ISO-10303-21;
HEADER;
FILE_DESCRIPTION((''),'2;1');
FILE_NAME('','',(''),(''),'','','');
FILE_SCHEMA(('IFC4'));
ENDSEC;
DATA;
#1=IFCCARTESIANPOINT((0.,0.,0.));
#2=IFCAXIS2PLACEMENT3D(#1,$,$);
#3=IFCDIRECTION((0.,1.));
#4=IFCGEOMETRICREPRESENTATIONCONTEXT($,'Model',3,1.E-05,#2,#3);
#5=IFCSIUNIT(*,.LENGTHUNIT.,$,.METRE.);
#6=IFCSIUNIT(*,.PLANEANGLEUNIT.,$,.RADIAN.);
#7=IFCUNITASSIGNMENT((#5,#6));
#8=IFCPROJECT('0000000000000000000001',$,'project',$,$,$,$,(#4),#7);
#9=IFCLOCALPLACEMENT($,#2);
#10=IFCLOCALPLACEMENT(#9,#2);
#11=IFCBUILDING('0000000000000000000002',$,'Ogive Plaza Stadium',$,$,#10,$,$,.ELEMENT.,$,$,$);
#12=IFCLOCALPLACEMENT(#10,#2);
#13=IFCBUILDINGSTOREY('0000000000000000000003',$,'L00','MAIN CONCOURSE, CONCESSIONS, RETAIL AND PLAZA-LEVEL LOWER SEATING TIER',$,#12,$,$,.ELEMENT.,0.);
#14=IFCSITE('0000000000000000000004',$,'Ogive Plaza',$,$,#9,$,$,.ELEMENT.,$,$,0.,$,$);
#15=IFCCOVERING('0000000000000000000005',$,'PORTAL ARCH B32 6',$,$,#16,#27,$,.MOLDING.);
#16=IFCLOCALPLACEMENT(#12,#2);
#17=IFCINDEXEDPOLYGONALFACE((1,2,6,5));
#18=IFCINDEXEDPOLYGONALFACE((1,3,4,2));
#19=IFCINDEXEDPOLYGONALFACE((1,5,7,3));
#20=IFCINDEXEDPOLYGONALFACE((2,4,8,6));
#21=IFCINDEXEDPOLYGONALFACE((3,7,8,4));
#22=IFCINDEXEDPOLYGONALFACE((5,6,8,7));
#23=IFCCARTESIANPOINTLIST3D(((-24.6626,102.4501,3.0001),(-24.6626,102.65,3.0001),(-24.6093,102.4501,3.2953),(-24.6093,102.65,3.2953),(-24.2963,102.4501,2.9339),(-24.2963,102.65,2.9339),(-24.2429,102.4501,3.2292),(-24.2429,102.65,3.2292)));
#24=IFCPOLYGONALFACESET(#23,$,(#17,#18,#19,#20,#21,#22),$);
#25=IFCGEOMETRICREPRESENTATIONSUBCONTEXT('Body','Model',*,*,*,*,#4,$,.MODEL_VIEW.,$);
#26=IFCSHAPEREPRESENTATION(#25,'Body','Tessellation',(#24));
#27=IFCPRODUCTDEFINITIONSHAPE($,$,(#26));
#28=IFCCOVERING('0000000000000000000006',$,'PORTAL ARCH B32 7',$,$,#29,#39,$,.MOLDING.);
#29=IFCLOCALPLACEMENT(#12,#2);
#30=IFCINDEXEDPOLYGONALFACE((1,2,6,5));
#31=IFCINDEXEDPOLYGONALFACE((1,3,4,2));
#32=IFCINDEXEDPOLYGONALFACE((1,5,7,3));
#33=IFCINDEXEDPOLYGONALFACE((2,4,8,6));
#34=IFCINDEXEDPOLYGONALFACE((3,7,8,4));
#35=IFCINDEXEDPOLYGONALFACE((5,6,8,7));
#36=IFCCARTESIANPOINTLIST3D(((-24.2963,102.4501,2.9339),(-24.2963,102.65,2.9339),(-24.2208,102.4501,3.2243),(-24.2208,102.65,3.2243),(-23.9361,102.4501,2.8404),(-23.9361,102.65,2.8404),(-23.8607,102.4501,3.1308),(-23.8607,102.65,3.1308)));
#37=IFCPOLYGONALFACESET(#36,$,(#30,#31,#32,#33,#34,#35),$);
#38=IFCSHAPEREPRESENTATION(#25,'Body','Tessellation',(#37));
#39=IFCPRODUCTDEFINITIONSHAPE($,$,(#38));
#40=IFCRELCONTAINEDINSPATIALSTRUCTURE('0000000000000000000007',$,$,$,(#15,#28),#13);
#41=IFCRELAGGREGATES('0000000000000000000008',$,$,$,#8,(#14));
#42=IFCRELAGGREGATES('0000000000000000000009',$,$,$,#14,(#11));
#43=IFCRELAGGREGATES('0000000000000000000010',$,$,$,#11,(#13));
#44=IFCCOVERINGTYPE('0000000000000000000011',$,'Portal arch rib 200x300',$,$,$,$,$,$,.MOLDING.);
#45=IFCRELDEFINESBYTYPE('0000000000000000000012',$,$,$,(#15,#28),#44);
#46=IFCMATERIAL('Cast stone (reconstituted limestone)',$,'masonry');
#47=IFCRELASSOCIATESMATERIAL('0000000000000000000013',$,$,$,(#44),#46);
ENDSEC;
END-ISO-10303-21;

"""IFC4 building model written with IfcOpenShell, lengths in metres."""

from ifc_helpers import new_model, si_unit, direction, frame, origin, origin_2d, place, context, subcontext, project, spatial, rectangle, extrude, material, material_profile, profile_set, type_object, element, save


model = new_model("IFC4")

# Units and contexts
model_context = context("Model", 3, precision=1e-05, world=origin(), true_north=direction((0.0, 1.0)))
body_context = subcontext(model_context, "Body", "Model", "MODEL_VIEW")
ifc_project = project(units=[si_unit("LENGTHUNIT", "METRE"), si_unit("PLANEANGLEUNIT", "RADIAN")], contexts=[model_context])

# Site, building, storey
site_placement = place(None, origin())
site = spatial("IfcSite", under=ifc_project, at=site_placement, Name="Ogive Plaza", CompositionType="ELEMENT", RefElevation=0.0)
building_placement = place(site_placement, origin())
building = spatial("IfcBuilding", under=site, at=building_placement, Name="Ogive Plaza Stadium", CompositionType="ELEMENT")
storey_placement = place(building_placement, origin())
storey = spatial("IfcBuildingStorey", under=building, at=storey_placement, Name="L00", Description="MAIN CONCOURSE, CONCESSIONS, RETAIL AND PLAZA-LEVEL LOWER SEATING TIER", CompositionType="ELEMENT", Elevation=0.0)

# Coverings
ifc_material_1 = material(Name="Cast stone (reconstituted limestone)", Category="masonry")
ifc_material_profile_1 = material_profile(ifc_material_1, rectangle(XDim=0.2, YDim=0.3, at=origin_2d()), Name="Cast stone 200x300")
ifc_profile_set_1 = profile_set([ifc_material_profile_1], Name="Cast stone (reconstituted limestone)")
covering_type = type_object("IfcCoveringType", Name="Portal arch rib 200x300", PredefinedType="MOLDING", material=ifc_profile_set_1)
covering_1_placement = place(storey_placement, frame((-24.636, 102.55, 3.1477), z_axis=(0.984089, 0.0, -0.177674), x_axis=(0.0, 1.0, 0.0)))
element("IfcCovering", 1, at=covering_1_placement, inside=storey, type_object=covering_type, Name="PORTAL ARCH B32 6", PredefinedType="MOLDING", context=body_context, shape_type="SweptSolid", body=[
    extrude(rectangle(XDim=0.2, YDim=0.3, at=origin_2d()), origin(), (0.0, 0.0, 1.0), 0.3723),
])
covering_2_placement = place(storey_placement, frame((-24.2585, 102.55, 3.0791), z_axis=(0.967902, 0.0, -0.251327), x_axis=(0.0, 1.0, 0.0)))
element("IfcCovering", 2, at=covering_2_placement, inside=storey, type_object=covering_type, Name="PORTAL ARCH B32 7", PredefinedType="MOLDING", context=body_context, shape_type="SweptSolid", body=[
    extrude(rectangle(XDim=0.2, YDim=0.3, at=origin_2d()), origin(), (0.0, 0.0, 1.0), 0.3721),
])

save(model, "model.ifc")
